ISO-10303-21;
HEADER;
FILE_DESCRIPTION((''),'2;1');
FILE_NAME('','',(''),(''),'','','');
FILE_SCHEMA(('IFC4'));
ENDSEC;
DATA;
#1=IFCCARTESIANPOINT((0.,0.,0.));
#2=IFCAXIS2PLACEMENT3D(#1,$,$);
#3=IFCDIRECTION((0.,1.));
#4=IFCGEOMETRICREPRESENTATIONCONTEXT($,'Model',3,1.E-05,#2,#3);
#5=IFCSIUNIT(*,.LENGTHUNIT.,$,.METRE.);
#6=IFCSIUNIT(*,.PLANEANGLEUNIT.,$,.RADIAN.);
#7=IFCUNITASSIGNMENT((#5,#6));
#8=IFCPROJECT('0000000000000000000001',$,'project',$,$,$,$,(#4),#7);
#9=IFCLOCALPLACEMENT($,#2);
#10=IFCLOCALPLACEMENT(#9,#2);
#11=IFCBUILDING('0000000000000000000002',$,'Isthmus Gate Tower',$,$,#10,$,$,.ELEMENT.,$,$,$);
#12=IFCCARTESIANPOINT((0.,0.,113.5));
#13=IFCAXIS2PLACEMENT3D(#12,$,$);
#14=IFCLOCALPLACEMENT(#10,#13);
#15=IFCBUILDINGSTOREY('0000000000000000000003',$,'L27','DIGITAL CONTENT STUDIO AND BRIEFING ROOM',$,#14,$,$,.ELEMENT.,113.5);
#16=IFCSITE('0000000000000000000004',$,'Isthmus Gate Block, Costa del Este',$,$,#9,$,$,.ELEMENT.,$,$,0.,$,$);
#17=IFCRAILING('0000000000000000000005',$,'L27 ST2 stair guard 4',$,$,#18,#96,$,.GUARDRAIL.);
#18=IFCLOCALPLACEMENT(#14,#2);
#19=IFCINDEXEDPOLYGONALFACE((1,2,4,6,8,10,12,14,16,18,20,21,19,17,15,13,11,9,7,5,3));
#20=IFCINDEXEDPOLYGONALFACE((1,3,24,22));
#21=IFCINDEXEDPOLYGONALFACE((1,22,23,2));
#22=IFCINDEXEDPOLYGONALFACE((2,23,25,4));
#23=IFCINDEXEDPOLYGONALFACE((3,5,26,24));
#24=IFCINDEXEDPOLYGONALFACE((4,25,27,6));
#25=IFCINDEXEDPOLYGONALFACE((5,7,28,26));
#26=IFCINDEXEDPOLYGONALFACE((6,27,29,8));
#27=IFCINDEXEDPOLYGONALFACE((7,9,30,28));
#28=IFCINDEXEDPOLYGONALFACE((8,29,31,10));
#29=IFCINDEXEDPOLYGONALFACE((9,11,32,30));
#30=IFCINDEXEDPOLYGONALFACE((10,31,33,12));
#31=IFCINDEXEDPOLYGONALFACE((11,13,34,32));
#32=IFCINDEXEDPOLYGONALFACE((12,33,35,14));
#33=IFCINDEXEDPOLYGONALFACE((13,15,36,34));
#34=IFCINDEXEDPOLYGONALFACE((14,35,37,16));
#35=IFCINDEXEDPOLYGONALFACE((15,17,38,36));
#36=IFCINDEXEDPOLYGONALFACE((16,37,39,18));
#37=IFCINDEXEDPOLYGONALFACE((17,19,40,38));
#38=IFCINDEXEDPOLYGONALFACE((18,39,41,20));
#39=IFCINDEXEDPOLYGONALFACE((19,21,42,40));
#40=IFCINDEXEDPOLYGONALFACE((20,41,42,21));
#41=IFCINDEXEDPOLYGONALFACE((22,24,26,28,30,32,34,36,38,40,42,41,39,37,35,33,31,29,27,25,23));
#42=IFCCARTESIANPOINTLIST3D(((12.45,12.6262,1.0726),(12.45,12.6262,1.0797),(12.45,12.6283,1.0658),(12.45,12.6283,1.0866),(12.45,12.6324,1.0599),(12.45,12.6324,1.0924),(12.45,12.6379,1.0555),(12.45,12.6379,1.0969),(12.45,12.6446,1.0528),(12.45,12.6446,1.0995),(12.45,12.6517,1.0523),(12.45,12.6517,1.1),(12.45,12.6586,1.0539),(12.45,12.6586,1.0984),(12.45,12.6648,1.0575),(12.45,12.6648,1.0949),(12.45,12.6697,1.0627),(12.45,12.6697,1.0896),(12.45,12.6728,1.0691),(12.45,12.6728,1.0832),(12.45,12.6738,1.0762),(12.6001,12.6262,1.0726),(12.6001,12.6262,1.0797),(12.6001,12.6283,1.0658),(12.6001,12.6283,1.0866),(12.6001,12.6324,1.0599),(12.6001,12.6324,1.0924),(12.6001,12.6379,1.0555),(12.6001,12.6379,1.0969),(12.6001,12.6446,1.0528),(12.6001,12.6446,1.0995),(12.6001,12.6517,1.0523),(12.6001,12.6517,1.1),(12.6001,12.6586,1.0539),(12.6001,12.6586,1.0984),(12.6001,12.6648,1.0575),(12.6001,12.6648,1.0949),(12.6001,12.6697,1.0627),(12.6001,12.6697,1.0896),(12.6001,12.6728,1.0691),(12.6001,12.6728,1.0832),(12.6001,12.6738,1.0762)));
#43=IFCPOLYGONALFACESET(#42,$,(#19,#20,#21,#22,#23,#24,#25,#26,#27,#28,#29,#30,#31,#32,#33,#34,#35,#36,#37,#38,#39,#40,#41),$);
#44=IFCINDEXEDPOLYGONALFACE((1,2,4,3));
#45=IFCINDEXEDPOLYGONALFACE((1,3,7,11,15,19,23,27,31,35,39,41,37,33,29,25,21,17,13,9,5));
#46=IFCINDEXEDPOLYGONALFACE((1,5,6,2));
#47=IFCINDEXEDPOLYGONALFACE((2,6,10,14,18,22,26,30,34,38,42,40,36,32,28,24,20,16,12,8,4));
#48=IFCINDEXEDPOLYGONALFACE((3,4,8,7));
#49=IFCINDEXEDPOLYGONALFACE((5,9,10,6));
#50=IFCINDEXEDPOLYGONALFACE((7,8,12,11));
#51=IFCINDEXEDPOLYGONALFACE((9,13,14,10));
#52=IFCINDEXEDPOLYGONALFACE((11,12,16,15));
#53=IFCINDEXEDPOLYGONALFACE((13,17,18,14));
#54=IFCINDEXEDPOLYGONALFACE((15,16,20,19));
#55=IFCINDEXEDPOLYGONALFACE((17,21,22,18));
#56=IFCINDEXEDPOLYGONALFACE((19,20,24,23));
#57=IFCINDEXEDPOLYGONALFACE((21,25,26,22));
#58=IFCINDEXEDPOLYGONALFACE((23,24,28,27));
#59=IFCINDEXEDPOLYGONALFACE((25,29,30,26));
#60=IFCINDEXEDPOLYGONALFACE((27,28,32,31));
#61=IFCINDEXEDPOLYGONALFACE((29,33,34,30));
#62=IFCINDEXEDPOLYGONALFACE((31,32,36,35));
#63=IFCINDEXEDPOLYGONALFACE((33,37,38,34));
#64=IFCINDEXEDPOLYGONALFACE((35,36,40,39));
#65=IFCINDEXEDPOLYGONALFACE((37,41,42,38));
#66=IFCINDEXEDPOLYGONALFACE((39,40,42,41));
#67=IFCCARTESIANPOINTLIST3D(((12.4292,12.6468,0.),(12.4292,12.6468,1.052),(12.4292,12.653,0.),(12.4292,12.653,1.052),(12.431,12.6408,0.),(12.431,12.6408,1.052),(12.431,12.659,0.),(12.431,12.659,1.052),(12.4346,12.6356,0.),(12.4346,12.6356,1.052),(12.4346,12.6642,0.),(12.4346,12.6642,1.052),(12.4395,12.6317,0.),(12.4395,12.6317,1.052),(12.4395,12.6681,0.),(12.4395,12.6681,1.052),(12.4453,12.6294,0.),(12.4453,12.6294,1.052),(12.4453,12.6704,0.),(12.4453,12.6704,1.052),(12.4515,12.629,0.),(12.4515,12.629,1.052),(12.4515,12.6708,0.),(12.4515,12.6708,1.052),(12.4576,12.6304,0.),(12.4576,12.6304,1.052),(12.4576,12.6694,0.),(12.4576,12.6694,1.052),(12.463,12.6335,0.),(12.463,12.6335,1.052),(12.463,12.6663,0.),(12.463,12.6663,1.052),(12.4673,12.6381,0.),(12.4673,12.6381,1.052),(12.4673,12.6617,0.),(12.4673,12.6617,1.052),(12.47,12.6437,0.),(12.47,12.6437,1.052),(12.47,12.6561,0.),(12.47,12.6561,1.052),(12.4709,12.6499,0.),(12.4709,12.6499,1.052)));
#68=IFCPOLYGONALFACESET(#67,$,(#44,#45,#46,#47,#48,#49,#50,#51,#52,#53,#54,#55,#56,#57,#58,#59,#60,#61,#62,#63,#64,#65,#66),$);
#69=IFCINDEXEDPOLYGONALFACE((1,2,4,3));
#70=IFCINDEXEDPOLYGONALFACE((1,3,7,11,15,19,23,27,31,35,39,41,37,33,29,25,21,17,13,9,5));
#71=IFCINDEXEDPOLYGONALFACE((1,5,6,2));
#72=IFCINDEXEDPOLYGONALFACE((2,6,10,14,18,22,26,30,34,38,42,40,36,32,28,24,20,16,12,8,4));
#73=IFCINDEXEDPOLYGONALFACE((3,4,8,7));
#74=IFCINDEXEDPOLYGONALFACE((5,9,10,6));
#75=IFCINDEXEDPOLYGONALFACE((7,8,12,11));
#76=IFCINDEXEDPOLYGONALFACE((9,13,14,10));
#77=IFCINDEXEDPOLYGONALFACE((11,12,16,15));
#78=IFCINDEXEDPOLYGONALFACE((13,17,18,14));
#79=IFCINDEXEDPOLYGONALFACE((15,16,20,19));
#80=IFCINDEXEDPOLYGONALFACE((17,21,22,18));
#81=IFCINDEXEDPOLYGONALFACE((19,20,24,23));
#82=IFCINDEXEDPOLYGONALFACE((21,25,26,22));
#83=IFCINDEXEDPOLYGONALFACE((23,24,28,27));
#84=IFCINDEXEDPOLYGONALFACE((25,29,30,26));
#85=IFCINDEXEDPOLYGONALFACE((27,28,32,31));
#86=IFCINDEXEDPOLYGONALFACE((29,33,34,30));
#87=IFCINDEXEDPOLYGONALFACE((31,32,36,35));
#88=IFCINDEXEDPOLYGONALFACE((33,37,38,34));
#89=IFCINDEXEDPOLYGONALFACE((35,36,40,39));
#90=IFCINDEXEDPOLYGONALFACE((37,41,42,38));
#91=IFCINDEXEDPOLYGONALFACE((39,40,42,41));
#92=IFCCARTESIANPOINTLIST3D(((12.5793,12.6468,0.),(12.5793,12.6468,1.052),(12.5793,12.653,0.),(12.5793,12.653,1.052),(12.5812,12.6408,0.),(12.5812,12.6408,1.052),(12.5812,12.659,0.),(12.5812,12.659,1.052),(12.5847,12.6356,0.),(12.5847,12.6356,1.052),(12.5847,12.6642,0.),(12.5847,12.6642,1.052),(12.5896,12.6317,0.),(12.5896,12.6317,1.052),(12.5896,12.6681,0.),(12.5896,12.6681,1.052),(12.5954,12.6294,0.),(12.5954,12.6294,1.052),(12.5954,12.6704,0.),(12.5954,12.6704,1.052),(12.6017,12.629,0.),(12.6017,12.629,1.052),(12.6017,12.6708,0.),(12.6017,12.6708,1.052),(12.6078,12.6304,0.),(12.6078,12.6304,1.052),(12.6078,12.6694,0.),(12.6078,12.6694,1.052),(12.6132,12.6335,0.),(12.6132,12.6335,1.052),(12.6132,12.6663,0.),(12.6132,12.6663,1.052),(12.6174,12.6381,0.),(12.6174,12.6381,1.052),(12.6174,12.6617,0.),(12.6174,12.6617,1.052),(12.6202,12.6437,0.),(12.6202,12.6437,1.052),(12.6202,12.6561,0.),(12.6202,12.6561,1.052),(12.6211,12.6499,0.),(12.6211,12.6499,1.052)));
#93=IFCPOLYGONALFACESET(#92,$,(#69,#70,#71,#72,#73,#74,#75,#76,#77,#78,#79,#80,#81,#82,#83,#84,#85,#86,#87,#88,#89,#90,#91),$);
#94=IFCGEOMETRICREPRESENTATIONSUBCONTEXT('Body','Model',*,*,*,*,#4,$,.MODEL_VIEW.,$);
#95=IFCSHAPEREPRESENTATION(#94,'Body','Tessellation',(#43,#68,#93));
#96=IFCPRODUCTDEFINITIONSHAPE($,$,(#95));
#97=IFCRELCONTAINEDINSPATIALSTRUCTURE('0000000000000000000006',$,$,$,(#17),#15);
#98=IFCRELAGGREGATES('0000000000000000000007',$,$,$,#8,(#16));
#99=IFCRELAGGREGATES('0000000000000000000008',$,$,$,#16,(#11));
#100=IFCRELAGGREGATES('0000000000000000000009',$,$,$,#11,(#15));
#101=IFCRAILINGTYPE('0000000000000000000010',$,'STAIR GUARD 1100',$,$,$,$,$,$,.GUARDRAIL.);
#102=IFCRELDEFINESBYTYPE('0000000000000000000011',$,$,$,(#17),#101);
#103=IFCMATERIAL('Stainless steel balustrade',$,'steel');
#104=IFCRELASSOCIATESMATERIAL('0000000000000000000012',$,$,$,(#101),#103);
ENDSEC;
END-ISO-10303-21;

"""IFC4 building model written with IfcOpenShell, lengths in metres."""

from ifc_helpers import new_model, si_unit, direction, frame, origin, origin_2d, place, context, subcontext, project, spatial, circle, extrude, material, type_object, element, save


model = new_model("IFC4")

# Units and contexts
model_context = context("Model", 3, precision=1e-05, world=origin(), true_north=direction((0.0, 1.0)))
body_context = subcontext(model_context, "Body", "Model", "MODEL_VIEW")
ifc_project = project(units=[si_unit("LENGTHUNIT", "METRE"), si_unit("PLANEANGLEUNIT", "RADIAN")], contexts=[model_context])

# Site, building, storey
site_placement = place(None, origin())
site = spatial("IfcSite", under=ifc_project, at=site_placement, Name="Isthmus Gate Block, Costa del Este", CompositionType="ELEMENT", RefElevation=0.0)
building_placement = place(site_placement, origin())
building = spatial("IfcBuilding", under=site, at=building_placement, Name="Isthmus Gate Tower", CompositionType="ELEMENT")
storey_placement = place(building_placement, frame((0.0, 0.0, 113.5)))
storey = spatial("IfcBuildingStorey", under=building, at=storey_placement, Name="L27", Description="DIGITAL CONTENT STUDIO AND BRIEFING ROOM", CompositionType="ELEMENT", Elevation=113.5)

# Railing
ifc_material_1 = material(Name="Stainless steel balustrade", Category="steel")
railing_type_1 = type_object("IfcRailingType", Name="STAIR GUARD 1100", PredefinedType="GUARDRAIL", material=ifc_material_1)
railing_1_placement = place(storey_placement, frame((12.45, 12.6499, 0.0)))
element("IfcRailing", 1, at=railing_1_placement, inside=storey, type_object=railing_type_1, Name="L27 ST2 stair guard 4", PredefinedType="GUARDRAIL", context=body_context, shape_type="SweptSolid", body=[
    extrude(circle(Radius=0.0239, at=origin_2d()), frame((0.0, 0.0, 1.0762), z_axis=(1.0, 0.0, 0.0), x_axis=(0.0, 1.0, 0.0)), (0.0, 0.0, 1.0), 0.1501),
    extrude(circle(Radius=0.021, at=origin_2d()), origin(), (0.0, 0.0, 1.0), 1.052),
    extrude(circle(Radius=0.021, at=origin_2d()), frame((0.1501, 0.0, 0.0)), (0.0, 0.0, 1.0), 1.052),
])

save(model, "model.ifc")
